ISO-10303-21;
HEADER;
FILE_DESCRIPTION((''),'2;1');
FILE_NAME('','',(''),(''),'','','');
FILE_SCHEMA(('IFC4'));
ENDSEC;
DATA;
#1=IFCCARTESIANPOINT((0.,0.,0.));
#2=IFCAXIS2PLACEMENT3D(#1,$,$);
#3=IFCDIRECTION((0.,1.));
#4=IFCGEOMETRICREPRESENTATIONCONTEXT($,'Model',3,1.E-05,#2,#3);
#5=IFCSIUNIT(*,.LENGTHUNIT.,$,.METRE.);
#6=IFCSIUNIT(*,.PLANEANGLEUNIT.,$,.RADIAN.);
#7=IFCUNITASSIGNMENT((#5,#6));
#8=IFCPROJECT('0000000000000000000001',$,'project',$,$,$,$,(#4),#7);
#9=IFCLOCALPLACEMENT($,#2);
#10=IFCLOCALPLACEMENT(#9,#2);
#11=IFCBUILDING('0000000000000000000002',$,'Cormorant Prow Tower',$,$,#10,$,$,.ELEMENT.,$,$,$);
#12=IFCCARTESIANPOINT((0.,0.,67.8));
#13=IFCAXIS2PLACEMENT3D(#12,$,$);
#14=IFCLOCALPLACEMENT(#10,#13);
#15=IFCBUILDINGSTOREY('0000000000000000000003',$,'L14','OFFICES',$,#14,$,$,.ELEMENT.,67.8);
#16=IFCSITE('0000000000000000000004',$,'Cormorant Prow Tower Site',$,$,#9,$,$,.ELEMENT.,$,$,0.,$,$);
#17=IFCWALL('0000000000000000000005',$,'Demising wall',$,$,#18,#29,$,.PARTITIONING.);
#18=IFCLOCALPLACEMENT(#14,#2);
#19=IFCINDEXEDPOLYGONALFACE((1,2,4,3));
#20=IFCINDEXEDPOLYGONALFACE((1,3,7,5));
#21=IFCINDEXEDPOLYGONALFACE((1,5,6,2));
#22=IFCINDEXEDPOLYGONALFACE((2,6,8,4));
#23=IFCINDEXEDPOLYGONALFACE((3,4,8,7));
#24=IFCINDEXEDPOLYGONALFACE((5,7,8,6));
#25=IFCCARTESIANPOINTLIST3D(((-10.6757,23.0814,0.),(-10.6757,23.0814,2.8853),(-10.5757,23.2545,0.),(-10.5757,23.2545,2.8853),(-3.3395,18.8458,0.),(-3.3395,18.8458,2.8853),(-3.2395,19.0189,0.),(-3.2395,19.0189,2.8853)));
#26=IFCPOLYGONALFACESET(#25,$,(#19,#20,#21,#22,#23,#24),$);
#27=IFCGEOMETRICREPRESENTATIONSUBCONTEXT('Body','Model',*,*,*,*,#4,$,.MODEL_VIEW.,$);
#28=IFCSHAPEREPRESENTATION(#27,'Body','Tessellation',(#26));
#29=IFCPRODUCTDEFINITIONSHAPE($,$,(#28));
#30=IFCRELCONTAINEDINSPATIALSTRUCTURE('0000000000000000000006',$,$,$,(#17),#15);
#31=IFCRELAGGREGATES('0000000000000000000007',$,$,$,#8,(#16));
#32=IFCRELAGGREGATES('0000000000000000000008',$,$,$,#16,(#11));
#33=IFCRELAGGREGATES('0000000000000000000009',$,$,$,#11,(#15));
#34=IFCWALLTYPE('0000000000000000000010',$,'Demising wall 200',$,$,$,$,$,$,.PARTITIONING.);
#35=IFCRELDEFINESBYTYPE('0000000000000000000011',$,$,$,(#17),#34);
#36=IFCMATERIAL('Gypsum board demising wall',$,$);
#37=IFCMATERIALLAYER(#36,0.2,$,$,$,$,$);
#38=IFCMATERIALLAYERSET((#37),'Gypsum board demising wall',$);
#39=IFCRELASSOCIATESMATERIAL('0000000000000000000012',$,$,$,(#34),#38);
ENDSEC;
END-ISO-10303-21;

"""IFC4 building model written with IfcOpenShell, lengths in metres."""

from ifc_helpers import new_model, si_unit, direction, frame, frame_2d, origin, place, context, subcontext, project, spatial, rectangle, extrude, material, layer, layer_set, type_object, element, save


model = new_model("IFC4")

# Units and contexts
model_context = context("Model", 3, precision=1e-05, world=origin(), true_north=direction((0.0, 1.0)))
body_context = subcontext(model_context, "Body", "Model", "MODEL_VIEW")
ifc_project = project(units=[si_unit("LENGTHUNIT", "METRE"), si_unit("PLANEANGLEUNIT", "RADIAN")], contexts=[model_context])

# Site, building, storey
site_placement = place(None, origin())
site = spatial("IfcSite", under=ifc_project, at=site_placement, Name="Cormorant Prow Tower Site", CompositionType="ELEMENT", RefElevation=0.0)
building_placement = place(site_placement, origin())
building = spatial("IfcBuilding", under=site, at=building_placement, Name="Cormorant Prow Tower", CompositionType="ELEMENT")
storey_placement = place(building_placement, frame((0.0, 0.0, 67.8)))
storey = spatial("IfcBuildingStorey", under=building, at=storey_placement, Name="L14", Description="OFFICES", CompositionType="ELEMENT", Elevation=67.8)

# Wall
ifc_material_1 = material(Name="Gypsum board demising wall")
ifc_layer_1 = layer(ifc_material_1, 0.2)
ifc_layer_set_1 = layer_set([ifc_layer_1], Name="Gypsum board demising wall")
wall_type_1 = type_object("IfcWallType", Name="Demising wall 200", PredefinedType="PARTITIONING", material=ifc_layer_set_1)
wall_1_placement = place(storey_placement, frame((-10.6257, 23.168, 0.0), z_axis=(0.0, 0.0, 1.0), x_axis=(0.866023, -0.500004, 0.0)))
element("IfcWall", 1, at=wall_1_placement, inside=storey, type_object=wall_type_1, Name="Demising wall", PredefinedType="PARTITIONING", context=body_context, shape_type="SweptSolid", body=[
    extrude(rectangle(XDim=8.4712, YDim=0.2, at=frame_2d((4.2356, 0.0))), origin(), (0.0, 0.0, 1.0), 2.8853),
])

save(model, "model.ifc")
